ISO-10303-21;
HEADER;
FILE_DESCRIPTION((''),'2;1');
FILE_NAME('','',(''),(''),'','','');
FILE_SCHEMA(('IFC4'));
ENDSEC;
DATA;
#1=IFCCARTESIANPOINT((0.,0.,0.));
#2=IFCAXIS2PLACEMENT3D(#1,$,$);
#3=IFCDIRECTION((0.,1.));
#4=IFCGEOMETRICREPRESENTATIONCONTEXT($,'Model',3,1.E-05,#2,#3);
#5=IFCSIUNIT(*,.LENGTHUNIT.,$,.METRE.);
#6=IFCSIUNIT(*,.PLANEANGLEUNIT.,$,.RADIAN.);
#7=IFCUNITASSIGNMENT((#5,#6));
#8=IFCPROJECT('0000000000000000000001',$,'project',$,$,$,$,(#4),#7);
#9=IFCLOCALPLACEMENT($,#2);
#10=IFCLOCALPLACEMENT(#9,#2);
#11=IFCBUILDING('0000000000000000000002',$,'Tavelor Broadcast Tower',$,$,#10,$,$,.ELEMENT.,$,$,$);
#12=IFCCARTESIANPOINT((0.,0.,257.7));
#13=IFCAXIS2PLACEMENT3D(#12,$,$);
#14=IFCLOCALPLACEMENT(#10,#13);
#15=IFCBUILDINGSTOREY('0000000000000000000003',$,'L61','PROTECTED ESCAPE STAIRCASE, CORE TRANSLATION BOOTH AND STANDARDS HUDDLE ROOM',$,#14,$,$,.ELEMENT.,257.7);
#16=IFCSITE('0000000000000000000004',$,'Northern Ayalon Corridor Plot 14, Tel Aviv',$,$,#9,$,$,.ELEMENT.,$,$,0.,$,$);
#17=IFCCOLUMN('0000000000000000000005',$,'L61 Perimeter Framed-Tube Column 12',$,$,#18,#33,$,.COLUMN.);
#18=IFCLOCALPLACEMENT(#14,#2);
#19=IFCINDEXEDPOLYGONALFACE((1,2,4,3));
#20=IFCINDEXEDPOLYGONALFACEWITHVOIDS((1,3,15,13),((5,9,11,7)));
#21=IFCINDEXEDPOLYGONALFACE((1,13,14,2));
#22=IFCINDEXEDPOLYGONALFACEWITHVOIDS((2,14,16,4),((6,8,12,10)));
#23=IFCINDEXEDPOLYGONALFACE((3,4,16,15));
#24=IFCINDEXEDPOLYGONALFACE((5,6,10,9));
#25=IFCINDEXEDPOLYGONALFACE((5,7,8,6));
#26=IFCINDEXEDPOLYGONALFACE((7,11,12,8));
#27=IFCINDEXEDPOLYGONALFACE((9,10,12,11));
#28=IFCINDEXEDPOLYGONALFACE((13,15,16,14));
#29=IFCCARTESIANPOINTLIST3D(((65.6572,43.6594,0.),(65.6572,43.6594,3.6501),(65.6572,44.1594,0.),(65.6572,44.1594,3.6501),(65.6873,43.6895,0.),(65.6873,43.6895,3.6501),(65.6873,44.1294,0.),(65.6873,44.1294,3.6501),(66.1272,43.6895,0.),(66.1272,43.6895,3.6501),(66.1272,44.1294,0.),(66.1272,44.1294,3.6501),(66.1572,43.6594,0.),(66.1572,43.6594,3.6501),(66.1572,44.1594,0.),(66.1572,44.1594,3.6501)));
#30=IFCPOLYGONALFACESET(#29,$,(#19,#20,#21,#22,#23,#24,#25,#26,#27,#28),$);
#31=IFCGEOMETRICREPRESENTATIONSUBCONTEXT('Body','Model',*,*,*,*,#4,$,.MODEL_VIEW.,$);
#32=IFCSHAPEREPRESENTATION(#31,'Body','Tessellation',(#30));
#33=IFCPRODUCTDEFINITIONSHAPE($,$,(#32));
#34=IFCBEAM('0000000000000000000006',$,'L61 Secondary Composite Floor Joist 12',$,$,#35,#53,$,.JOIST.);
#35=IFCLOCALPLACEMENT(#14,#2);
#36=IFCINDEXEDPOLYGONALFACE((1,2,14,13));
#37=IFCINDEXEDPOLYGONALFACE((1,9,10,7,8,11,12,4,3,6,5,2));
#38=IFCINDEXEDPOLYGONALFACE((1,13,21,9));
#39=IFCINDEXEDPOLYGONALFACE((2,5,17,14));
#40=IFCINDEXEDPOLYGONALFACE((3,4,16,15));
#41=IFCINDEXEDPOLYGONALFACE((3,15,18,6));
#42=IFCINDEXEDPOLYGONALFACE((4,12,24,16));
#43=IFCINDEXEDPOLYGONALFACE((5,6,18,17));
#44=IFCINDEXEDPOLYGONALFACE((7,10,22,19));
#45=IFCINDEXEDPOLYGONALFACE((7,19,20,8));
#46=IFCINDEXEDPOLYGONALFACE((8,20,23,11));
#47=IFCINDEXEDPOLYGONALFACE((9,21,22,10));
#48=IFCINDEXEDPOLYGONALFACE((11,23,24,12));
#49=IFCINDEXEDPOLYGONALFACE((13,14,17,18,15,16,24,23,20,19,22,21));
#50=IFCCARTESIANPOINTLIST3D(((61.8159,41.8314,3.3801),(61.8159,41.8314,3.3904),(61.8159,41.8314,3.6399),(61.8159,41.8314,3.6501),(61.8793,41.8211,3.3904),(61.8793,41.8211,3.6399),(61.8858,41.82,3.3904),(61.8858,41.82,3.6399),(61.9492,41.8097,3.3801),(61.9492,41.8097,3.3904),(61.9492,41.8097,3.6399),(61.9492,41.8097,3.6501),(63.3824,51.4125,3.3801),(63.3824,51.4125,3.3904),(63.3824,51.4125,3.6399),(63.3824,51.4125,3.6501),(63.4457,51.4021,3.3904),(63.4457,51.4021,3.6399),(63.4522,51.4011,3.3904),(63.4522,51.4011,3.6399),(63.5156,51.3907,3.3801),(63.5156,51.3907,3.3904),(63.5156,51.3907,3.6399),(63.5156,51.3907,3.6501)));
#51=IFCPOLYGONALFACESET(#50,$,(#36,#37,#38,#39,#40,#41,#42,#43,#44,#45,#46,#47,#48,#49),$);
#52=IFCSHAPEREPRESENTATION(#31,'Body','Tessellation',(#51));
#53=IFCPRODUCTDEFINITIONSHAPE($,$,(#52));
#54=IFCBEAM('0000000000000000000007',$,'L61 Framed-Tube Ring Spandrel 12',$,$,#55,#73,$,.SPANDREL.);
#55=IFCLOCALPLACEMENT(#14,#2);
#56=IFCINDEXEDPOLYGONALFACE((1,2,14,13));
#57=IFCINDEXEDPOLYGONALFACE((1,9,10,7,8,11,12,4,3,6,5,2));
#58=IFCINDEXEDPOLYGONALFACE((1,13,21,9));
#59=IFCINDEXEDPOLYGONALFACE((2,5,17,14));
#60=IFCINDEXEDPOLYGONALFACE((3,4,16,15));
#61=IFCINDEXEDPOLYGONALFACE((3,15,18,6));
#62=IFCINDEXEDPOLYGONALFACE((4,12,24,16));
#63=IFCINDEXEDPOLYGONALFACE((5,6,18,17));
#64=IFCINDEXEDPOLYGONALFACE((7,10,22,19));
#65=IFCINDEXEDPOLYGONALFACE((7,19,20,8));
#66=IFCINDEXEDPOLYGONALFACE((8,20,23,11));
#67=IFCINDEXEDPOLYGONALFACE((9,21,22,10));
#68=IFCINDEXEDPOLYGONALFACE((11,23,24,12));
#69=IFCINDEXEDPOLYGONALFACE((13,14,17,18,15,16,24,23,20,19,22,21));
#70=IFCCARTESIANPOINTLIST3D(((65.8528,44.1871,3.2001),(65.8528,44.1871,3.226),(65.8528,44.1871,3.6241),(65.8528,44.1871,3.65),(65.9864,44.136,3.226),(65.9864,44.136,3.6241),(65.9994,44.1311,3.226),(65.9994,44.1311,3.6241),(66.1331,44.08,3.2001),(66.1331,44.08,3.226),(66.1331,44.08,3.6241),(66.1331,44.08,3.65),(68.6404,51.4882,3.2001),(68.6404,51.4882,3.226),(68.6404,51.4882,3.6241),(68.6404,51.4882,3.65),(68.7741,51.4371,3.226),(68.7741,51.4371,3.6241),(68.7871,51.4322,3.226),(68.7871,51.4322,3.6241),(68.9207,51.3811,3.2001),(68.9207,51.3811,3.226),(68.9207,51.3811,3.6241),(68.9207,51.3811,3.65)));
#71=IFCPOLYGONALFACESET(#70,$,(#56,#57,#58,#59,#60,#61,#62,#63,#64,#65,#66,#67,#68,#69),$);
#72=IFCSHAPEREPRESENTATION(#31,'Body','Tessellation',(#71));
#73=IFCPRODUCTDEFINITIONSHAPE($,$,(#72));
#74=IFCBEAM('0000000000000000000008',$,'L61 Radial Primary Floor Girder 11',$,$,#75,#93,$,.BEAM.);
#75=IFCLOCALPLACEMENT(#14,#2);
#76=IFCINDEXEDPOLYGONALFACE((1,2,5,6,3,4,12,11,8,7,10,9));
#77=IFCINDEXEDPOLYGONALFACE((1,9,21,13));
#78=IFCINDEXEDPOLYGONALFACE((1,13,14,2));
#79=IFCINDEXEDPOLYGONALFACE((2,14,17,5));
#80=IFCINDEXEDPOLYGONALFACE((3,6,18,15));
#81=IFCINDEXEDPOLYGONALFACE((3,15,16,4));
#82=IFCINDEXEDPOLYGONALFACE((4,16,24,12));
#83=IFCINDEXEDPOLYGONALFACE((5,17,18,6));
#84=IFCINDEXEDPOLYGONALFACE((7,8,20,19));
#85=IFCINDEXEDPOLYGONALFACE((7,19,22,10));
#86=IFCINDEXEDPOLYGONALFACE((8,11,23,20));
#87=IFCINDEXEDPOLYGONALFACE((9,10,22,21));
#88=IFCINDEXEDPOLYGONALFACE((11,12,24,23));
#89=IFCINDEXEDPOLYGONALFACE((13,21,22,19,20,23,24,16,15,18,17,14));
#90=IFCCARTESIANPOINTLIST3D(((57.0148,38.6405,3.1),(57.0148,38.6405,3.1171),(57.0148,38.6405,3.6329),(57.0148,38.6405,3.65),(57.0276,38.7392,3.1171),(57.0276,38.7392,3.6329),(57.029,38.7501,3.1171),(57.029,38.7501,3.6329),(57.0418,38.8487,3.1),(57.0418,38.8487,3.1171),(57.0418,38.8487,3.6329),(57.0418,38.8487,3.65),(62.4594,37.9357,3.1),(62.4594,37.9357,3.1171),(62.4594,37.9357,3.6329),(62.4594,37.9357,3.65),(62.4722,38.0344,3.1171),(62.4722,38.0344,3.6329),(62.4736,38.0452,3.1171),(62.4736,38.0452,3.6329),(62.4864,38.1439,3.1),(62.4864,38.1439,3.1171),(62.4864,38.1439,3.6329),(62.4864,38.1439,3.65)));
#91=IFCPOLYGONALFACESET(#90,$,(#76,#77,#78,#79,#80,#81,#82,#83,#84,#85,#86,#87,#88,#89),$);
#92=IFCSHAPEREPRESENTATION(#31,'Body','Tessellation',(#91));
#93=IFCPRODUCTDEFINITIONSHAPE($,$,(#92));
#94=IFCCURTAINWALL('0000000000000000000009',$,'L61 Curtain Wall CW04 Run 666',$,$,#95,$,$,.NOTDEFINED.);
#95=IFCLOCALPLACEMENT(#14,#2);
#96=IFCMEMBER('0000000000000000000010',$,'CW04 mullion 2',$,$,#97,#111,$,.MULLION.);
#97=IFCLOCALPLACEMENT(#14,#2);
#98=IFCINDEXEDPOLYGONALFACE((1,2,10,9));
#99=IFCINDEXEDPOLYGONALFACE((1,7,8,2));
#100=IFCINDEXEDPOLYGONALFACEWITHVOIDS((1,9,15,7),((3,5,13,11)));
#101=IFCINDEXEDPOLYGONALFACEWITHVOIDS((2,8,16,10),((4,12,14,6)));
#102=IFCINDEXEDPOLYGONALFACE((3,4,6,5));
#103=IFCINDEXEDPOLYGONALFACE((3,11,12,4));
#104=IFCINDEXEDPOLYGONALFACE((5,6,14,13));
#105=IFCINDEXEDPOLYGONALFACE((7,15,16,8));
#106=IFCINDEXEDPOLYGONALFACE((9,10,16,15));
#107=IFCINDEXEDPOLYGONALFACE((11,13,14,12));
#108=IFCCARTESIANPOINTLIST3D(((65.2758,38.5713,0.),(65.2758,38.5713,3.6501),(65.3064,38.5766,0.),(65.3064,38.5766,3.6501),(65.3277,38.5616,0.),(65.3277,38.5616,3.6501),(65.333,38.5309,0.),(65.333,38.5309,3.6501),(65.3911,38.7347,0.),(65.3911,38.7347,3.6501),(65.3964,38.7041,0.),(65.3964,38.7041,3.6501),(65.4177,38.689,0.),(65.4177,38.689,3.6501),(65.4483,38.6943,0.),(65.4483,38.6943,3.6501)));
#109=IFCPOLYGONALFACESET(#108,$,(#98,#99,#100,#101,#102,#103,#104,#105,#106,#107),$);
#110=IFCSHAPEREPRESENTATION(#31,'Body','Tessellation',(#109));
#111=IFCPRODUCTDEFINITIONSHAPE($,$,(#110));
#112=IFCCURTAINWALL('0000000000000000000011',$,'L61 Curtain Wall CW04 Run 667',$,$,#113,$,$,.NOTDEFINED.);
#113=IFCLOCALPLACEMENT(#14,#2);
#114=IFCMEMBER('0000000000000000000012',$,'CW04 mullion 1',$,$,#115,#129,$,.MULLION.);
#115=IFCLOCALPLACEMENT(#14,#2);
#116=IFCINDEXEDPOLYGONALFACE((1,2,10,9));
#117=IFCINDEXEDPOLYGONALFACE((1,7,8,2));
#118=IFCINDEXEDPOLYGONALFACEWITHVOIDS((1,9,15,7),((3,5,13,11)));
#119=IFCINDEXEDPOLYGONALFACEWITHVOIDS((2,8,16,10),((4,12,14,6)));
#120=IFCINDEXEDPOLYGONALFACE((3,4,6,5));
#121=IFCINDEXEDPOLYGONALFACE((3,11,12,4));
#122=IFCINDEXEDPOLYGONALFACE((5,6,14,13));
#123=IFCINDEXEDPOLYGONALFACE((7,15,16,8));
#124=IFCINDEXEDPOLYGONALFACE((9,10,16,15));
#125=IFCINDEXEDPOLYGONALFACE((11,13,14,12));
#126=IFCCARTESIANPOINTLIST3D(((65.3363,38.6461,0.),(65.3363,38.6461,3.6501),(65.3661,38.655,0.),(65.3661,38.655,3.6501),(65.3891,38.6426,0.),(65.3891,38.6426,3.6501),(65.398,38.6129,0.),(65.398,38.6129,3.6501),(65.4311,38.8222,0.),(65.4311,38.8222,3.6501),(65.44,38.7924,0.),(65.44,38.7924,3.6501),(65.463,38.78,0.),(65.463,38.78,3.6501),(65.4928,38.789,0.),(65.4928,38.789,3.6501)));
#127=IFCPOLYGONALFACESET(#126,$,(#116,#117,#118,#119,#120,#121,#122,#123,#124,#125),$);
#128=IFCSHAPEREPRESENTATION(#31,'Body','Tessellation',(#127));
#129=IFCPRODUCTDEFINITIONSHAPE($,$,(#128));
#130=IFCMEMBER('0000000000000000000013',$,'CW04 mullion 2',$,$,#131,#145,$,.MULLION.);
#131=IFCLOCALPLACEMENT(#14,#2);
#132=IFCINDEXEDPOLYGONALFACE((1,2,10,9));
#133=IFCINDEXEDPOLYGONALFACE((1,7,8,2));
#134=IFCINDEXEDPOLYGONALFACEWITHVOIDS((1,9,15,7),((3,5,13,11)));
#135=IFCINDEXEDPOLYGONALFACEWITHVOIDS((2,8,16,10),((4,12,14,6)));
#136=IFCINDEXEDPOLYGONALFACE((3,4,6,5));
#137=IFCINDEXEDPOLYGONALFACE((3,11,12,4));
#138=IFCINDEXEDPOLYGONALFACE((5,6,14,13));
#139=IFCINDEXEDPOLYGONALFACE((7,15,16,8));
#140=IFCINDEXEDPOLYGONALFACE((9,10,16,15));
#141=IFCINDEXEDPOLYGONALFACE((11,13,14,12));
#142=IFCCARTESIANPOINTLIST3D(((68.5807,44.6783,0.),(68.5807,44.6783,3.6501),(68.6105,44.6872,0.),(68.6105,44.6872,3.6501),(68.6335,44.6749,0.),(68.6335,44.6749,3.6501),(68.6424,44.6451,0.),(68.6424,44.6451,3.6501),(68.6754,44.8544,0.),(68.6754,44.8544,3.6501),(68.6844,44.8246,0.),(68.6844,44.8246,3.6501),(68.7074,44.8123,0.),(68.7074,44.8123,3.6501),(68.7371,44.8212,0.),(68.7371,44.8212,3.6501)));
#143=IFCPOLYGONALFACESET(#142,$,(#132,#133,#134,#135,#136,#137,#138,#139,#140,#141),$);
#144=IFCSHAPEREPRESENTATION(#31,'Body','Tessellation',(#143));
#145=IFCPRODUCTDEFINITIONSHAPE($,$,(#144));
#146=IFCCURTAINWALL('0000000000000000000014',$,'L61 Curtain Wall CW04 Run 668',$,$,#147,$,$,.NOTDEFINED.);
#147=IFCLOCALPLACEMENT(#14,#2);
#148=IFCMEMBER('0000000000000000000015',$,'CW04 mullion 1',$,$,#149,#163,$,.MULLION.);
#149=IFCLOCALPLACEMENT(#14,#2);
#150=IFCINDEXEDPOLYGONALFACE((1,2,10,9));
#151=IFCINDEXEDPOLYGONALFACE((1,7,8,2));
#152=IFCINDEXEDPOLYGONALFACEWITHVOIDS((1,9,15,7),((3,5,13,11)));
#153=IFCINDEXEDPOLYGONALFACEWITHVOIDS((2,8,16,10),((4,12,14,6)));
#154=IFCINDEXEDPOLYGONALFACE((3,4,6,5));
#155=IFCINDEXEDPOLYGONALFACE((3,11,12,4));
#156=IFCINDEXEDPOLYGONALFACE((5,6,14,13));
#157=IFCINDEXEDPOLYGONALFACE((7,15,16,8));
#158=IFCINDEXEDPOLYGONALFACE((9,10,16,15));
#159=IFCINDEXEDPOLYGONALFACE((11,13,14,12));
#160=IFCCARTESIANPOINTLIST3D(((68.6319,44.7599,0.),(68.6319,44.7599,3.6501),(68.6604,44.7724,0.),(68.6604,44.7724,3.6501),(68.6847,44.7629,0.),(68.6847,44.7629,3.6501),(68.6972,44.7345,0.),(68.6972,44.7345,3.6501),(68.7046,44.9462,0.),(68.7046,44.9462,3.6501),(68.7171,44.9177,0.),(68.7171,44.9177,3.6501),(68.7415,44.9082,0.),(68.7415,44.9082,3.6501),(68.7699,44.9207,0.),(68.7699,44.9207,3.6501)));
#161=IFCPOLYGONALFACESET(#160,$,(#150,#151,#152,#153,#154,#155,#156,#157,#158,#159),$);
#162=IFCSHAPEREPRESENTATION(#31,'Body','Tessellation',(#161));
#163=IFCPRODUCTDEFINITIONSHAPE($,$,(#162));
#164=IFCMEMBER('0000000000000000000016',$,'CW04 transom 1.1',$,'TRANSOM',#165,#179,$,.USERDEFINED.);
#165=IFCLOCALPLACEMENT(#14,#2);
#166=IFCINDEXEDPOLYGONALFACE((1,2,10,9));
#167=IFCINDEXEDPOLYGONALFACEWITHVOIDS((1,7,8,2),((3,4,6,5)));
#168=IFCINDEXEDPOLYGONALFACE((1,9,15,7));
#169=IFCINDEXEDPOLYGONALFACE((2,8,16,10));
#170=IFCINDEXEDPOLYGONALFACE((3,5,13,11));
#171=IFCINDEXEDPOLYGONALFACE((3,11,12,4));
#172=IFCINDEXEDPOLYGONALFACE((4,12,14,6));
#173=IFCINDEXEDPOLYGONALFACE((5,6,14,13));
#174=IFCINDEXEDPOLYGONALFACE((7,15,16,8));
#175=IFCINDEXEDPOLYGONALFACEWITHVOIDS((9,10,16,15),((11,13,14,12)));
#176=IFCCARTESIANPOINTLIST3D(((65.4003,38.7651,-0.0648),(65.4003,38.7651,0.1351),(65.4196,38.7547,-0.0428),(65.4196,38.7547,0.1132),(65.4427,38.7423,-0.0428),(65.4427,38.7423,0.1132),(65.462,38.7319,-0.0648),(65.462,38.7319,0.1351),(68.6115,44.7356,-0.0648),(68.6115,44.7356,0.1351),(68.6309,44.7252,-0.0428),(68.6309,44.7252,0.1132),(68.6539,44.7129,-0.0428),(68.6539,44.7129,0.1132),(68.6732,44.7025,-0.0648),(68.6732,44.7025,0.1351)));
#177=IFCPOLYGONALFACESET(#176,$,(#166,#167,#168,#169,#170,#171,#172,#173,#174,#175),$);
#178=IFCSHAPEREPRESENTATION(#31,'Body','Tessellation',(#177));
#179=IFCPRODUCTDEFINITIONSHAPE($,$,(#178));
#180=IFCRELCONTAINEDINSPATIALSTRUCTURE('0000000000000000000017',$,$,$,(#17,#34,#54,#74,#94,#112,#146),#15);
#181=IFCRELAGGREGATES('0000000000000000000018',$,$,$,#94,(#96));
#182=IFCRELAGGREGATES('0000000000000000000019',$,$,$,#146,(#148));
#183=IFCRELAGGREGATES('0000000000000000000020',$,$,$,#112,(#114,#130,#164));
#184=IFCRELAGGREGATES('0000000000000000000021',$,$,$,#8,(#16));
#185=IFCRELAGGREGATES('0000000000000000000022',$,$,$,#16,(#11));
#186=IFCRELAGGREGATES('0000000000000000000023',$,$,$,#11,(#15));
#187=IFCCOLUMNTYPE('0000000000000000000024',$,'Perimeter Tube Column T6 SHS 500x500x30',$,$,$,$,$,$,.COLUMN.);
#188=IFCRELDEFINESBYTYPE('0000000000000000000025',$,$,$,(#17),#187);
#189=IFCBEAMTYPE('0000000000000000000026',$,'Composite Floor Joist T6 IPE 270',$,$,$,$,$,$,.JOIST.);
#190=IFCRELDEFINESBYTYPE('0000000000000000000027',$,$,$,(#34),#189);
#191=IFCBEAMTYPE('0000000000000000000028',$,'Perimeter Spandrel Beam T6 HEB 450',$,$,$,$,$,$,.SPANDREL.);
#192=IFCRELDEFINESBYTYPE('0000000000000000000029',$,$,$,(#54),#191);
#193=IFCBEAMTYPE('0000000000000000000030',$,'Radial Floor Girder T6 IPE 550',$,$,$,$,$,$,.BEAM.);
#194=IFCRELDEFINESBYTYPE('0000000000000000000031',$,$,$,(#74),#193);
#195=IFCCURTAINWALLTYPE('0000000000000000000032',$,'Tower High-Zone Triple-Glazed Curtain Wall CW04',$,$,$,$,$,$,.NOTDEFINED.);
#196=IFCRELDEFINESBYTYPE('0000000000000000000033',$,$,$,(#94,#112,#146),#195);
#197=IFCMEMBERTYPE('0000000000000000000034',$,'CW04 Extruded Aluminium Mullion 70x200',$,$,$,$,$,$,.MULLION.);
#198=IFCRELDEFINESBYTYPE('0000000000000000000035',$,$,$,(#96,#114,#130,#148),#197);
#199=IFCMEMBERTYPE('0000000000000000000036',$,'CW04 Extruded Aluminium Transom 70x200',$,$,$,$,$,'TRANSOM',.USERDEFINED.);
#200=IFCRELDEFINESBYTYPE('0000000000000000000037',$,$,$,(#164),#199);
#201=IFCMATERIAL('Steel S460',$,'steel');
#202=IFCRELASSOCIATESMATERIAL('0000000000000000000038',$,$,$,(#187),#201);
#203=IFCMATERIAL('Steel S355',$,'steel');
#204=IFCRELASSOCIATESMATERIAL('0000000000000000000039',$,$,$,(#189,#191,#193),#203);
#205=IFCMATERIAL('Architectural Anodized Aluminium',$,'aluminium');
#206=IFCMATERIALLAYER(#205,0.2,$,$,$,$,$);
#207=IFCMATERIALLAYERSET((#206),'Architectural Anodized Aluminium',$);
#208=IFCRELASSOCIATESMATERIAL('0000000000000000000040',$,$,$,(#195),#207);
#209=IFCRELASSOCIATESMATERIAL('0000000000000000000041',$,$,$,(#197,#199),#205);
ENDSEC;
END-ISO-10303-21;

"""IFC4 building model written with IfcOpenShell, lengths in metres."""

from ifc_helpers import new_model, si_unit, direction, frame, origin, origin_2d, place, context, subcontext, project, spatial, hollow_rectangle, i_section, extrude, source, transform, mapped, material, layer, layer_set, material_profile, profile_set, type_object, type_shapes, element, aggregate, save


model = new_model("IFC4")

# Units and contexts
model_context = context("Model", 3, precision=1e-05, world=origin(), true_north=direction((0.0, 1.0)))
body_context = subcontext(model_context, "Body", "Model", "MODEL_VIEW")
ifc_project = project(units=[si_unit("LENGTHUNIT", "METRE"), si_unit("PLANEANGLEUNIT", "RADIAN")], contexts=[model_context])

# Site, building, storey
site_placement = place(None, origin())
site = spatial("IfcSite", under=ifc_project, at=site_placement, Name="Northern Ayalon Corridor Plot 14, Tel Aviv", CompositionType="ELEMENT", RefElevation=0.0)
building_placement = place(site_placement, origin())
building = spatial("IfcBuilding", under=site, at=building_placement, Name="Tavelor Broadcast Tower", CompositionType="ELEMENT")
storey_placement = place(building_placement, frame((0.0, 0.0, 257.7)))
storey = spatial("IfcBuildingStorey", under=building, at=storey_placement, Name="L61", Description="PROTECTED ESCAPE STAIRCASE, CORE TRANSLATION BOOTH AND STANDARDS HUDDLE ROOM", CompositionType="ELEMENT", Elevation=257.7)

# Column
ifc_material_1 = material(Name="Steel S460", Category="steel")
ifc_material_profile_1 = material_profile(ifc_material_1, hollow_rectangle(XDim=0.5, YDim=0.5, WallThickness=0.03, at=origin_2d()), Name="SHS 500x500x30")
ifc_profile_set_1 = profile_set([ifc_material_profile_1], Name="Steel S460")
column_type = type_object("IfcColumnType", Name="Perimeter Tube Column T6 SHS 500x500x30", PredefinedType="COLUMN", material=ifc_profile_set_1)
column_placement = place(storey_placement, frame((65.9072, 43.9094, 0.0), z_axis=(0.0, 0.0, 1.0), x_axis=(1.0, 0.0, 0.0)))
element("IfcColumn", 1, at=column_placement, inside=storey, type_object=column_type, Name="L61 Perimeter Framed-Tube Column 12", PredefinedType="COLUMN", context=body_context, shape_type="SweptSolid", body=[
    extrude(hollow_rectangle(XDim=0.5, YDim=0.5, WallThickness=0.03, at=origin_2d()), origin(), (0.0, 0.0, 1.0), 3.6501),
])

# Beams
ifc_material_2 = material(Name="Steel S355", Category="steel")
ifc_material_profile_2 = material_profile(ifc_material_2, i_section(OverallWidth=0.135, OverallDepth=0.27, WebThickness=0.0066, FlangeThickness=0.0103, at=origin_2d()), Name="IPE 270")
ifc_profile_set_2 = profile_set([ifc_material_profile_2], Name="Steel S355")
beam_type_1 = type_object("IfcBeamType", Name="Composite Floor Joist T6 IPE 270", PredefinedType="JOIST", material=ifc_profile_set_2)
beam_1_placement = place(storey_placement, frame((61.8826, 41.8206, 3.5151), z_axis=(0.161348, 0.986898, 0.0), x_axis=(-0.986898, 0.161348, 0.0)))
element("IfcBeam", 2, at=beam_1_placement, inside=storey, type_object=beam_type_1, Name="L61 Secondary Composite Floor Joist 12", PredefinedType="JOIST", context=body_context, shape_type="SweptSolid", body=[
    extrude(i_section(OverallWidth=0.135, OverallDepth=0.27, WebThickness=0.0066, FlangeThickness=0.0103, at=origin_2d()), origin(), (0.0, 0.0, 1.0), 9.7083),
])
ifc_material_profile_3 = material_profile(ifc_material_2, i_section(OverallWidth=0.3, OverallDepth=0.45, WebThickness=0.0139, FlangeThickness=0.0259, at=origin_2d()), Name="HEB 450")
ifc_profile_set_3 = profile_set([ifc_material_profile_3], Name="Steel S355")
beam_type_2 = type_object("IfcBeamType", Name="Perimeter Spandrel Beam T6 HEB 450", PredefinedType="SPANDREL", material=ifc_profile_set_3)
beam_2_placement = place(storey_placement, frame((65.9929, 44.1335, 3.425), z_axis=(0.356694, 0.934221, 0.0), x_axis=(-0.934221, 0.356694, 0.0)))
element("IfcBeam", 3, at=beam_2_placement, inside=storey, type_object=beam_type_2, Name="L61 Framed-Tube Ring Spandrel 12", PredefinedType="SPANDREL", context=body_context, shape_type="SweptSolid", body=[
    extrude(i_section(OverallWidth=0.3, OverallDepth=0.45, WebThickness=0.0139, FlangeThickness=0.0259, at=origin_2d()), origin(), (0.0, 0.0, 1.0), 7.8152),
])
ifc_material_profile_4 = material_profile(ifc_material_2, i_section(OverallWidth=0.21, OverallDepth=0.55, WebThickness=0.011, FlangeThickness=0.0171, at=origin_2d()), Name="IPE 550")
ifc_profile_set_4 = profile_set([ifc_material_profile_4], Name="Steel S355")
beam_type_3 = type_object("IfcBeamType", Name="Radial Floor Girder T6 IPE 550", PredefinedType="BEAM", material=ifc_profile_set_4)
beam_3_placement = place(storey_placement, frame((57.0283, 38.7446, 3.375), z_axis=(0.991724, -0.128385, 0.0), x_axis=(0.128385, 0.991724, 0.0)))
element("IfcBeam", 4, at=beam_3_placement, inside=storey, type_object=beam_type_3, Name="L61 Radial Primary Floor Girder 11", PredefinedType="BEAM", context=body_context, shape_type="SweptSolid", body=[
    extrude(i_section(OverallWidth=0.21, OverallDepth=0.55, WebThickness=0.011, FlangeThickness=0.0171, at=origin_2d()), origin(), (0.0, 0.0, 1.0), 5.49),
])

# Curtain wall, member
ifc_material_3 = material(Name="Architectural Anodized Aluminium", Category="aluminium")
ifc_layer_1 = layer(ifc_material_3, 0.2)
ifc_layer_set_1 = layer_set([ifc_layer_1], Name="Architectural Anodized Aluminium")
curtain_wall_type = type_object("IfcCurtainWallType", Name="Tower High-Zone Triple-Glazed Curtain Wall CW04", PredefinedType="NOTDEFINED", material=ifc_layer_set_1)
curtain_wall_1_placement = place(storey_placement, origin())
curtain_wall_1 = element("IfcCurtainWall", 5, at=curtain_wall_1_placement, inside=storey, type_object=curtain_wall_type, Name="L61 Curtain Wall CW04 Run 666", PredefinedType="NOTDEFINED")
ifc_material_profile_5 = material_profile(ifc_material_3, hollow_rectangle(XDim=0.0701, YDim=0.2, WallThickness=0.022, at=origin_2d()), Name="RHS 70x200x22")
ifc_profile_set_5 = profile_set([ifc_material_profile_5], Name="Architectural Anodized Aluminium")
member_type_1 = type_object("IfcMemberType", Name="CW04 Extruded Aluminium Mullion 70x200", PredefinedType="MULLION", material=ifc_profile_set_5)
shared_shape_1 = source(origin(), body_context, "Body", "SweptSolid", [
    extrude(hollow_rectangle(XDim=0.0701, YDim=0.2, WallThickness=0.022, at=origin_2d()), origin(), (0.0, 0.0, 1.0), 3.6501),
])
type_shapes(member_type_1, [shared_shape_1])
member_1_placement = place(storey_placement, frame((65.3621, 38.6328, 0.0), z_axis=(0.0, 0.0, 1.0), x_axis=(-0.8169, 0.57678, 0.0)))
member_1 = element("IfcMember", 6, at=member_1_placement, type_object=member_type_1, Name="CW04 mullion 2", PredefinedType="MULLION", context=body_context, shape_type="MappedRepresentation", body=[
    mapped(shared_shape_1, transform((0.0, 0.0, 0.0), scale=1.0)),
])
aggregate(curtain_wall_1, [member_1])

# Curtain wall, members
curtain_wall_2_placement = place(storey_placement, origin())
curtain_wall_2 = element("IfcCurtainWall", 7, at=curtain_wall_2_placement, inside=storey, type_object=curtain_wall_type, Name="L61 Curtain Wall CW04 Run 667", PredefinedType="NOTDEFINED")
member_2_placement = place(storey_placement, frame((65.4146, 38.7175, 0.0), z_axis=(0.0, 0.0, 1.0), x_axis=(-0.880687, 0.473699, 0.0)))
member_2 = element("IfcMember", 8, at=member_2_placement, type_object=member_type_1, Name="CW04 mullion 1", PredefinedType="MULLION", context=body_context, shape_type="MappedRepresentation", body=[
    mapped(shared_shape_1, transform((0.0, 0.0, 0.0), scale=1.0)),
])
member_3_placement = place(storey_placement, frame((68.6589, 44.7498, 0.0), z_axis=(0.0, 0.0, 1.0), x_axis=(-0.880687, 0.473699, 0.0)))
member_3 = element("IfcMember", 9, at=member_3_placement, type_object=member_type_1, Name="CW04 mullion 2", PredefinedType="MULLION", context=body_context, shape_type="MappedRepresentation", body=[
    mapped(shared_shape_1, transform((0.0, 0.0, 0.0), scale=1.0)),
])

# Curtain wall, member
curtain_wall_3_placement = place(storey_placement, origin())
curtain_wall_3 = element("IfcCurtainWall", 10, at=curtain_wall_3_placement, inside=storey, type_object=curtain_wall_type, Name="L61 Curtain Wall CW04 Run 668", PredefinedType="NOTDEFINED")
member_4_placement = place(storey_placement, frame((68.7009, 44.8403, 0.0), z_axis=(0.0, 0.0, 1.0), x_axis=(-0.931542, 0.363634, 0.0)))
member_4 = element("IfcMember", 11, at=member_4_placement, type_object=member_type_1, Name="CW04 mullion 1", PredefinedType="MULLION", context=body_context, shape_type="MappedRepresentation", body=[
    mapped(shared_shape_1, transform((0.0, 0.0, 0.0), scale=1.0)),
])
aggregate(curtain_wall_3, [member_4])

# Member
ifc_material_profile_6 = material_profile(ifc_material_3, hollow_rectangle(XDim=0.0701, YDim=0.2, WallThickness=0.022, at=origin_2d()), Name="RHS 70x200x22")
ifc_profile_set_6 = profile_set([ifc_material_profile_6], Name="Architectural Anodized Aluminium")
member_type_2 = type_object("IfcMemberType", Name="CW04 Extruded Aluminium Transom 70x200", ElementType="TRANSOM", PredefinedType="USERDEFINED", material=ifc_profile_set_6)
shared_shape_2 = source(origin(), body_context, "Body", "SweptSolid", [
    extrude(hollow_rectangle(XDim=0.0701, YDim=0.2, WallThickness=0.022, at=origin_2d()), origin(), (0.0, 0.0, 1.0), 6.7793),
])
type_shapes(member_type_2, [shared_shape_2])
member_5_placement = place(storey_placement, frame((65.4312, 38.7485, 0.0352), z_axis=(0.473679, 0.880698, 0.0), x_axis=(-0.880698, 0.473679, 0.0)))
member_5 = element("IfcMember", 12, at=member_5_placement, type_object=member_type_2, Name="CW04 transom 1.1", ObjectType="TRANSOM", PredefinedType="USERDEFINED", context=body_context, shape_type="MappedRepresentation", body=[
    mapped(shared_shape_2, transform((0.0, 0.0, 0.0), scale=1.0)),
])

aggregate(curtain_wall_2, [member_2, member_3, member_5])

save(model, "model.ifc")
